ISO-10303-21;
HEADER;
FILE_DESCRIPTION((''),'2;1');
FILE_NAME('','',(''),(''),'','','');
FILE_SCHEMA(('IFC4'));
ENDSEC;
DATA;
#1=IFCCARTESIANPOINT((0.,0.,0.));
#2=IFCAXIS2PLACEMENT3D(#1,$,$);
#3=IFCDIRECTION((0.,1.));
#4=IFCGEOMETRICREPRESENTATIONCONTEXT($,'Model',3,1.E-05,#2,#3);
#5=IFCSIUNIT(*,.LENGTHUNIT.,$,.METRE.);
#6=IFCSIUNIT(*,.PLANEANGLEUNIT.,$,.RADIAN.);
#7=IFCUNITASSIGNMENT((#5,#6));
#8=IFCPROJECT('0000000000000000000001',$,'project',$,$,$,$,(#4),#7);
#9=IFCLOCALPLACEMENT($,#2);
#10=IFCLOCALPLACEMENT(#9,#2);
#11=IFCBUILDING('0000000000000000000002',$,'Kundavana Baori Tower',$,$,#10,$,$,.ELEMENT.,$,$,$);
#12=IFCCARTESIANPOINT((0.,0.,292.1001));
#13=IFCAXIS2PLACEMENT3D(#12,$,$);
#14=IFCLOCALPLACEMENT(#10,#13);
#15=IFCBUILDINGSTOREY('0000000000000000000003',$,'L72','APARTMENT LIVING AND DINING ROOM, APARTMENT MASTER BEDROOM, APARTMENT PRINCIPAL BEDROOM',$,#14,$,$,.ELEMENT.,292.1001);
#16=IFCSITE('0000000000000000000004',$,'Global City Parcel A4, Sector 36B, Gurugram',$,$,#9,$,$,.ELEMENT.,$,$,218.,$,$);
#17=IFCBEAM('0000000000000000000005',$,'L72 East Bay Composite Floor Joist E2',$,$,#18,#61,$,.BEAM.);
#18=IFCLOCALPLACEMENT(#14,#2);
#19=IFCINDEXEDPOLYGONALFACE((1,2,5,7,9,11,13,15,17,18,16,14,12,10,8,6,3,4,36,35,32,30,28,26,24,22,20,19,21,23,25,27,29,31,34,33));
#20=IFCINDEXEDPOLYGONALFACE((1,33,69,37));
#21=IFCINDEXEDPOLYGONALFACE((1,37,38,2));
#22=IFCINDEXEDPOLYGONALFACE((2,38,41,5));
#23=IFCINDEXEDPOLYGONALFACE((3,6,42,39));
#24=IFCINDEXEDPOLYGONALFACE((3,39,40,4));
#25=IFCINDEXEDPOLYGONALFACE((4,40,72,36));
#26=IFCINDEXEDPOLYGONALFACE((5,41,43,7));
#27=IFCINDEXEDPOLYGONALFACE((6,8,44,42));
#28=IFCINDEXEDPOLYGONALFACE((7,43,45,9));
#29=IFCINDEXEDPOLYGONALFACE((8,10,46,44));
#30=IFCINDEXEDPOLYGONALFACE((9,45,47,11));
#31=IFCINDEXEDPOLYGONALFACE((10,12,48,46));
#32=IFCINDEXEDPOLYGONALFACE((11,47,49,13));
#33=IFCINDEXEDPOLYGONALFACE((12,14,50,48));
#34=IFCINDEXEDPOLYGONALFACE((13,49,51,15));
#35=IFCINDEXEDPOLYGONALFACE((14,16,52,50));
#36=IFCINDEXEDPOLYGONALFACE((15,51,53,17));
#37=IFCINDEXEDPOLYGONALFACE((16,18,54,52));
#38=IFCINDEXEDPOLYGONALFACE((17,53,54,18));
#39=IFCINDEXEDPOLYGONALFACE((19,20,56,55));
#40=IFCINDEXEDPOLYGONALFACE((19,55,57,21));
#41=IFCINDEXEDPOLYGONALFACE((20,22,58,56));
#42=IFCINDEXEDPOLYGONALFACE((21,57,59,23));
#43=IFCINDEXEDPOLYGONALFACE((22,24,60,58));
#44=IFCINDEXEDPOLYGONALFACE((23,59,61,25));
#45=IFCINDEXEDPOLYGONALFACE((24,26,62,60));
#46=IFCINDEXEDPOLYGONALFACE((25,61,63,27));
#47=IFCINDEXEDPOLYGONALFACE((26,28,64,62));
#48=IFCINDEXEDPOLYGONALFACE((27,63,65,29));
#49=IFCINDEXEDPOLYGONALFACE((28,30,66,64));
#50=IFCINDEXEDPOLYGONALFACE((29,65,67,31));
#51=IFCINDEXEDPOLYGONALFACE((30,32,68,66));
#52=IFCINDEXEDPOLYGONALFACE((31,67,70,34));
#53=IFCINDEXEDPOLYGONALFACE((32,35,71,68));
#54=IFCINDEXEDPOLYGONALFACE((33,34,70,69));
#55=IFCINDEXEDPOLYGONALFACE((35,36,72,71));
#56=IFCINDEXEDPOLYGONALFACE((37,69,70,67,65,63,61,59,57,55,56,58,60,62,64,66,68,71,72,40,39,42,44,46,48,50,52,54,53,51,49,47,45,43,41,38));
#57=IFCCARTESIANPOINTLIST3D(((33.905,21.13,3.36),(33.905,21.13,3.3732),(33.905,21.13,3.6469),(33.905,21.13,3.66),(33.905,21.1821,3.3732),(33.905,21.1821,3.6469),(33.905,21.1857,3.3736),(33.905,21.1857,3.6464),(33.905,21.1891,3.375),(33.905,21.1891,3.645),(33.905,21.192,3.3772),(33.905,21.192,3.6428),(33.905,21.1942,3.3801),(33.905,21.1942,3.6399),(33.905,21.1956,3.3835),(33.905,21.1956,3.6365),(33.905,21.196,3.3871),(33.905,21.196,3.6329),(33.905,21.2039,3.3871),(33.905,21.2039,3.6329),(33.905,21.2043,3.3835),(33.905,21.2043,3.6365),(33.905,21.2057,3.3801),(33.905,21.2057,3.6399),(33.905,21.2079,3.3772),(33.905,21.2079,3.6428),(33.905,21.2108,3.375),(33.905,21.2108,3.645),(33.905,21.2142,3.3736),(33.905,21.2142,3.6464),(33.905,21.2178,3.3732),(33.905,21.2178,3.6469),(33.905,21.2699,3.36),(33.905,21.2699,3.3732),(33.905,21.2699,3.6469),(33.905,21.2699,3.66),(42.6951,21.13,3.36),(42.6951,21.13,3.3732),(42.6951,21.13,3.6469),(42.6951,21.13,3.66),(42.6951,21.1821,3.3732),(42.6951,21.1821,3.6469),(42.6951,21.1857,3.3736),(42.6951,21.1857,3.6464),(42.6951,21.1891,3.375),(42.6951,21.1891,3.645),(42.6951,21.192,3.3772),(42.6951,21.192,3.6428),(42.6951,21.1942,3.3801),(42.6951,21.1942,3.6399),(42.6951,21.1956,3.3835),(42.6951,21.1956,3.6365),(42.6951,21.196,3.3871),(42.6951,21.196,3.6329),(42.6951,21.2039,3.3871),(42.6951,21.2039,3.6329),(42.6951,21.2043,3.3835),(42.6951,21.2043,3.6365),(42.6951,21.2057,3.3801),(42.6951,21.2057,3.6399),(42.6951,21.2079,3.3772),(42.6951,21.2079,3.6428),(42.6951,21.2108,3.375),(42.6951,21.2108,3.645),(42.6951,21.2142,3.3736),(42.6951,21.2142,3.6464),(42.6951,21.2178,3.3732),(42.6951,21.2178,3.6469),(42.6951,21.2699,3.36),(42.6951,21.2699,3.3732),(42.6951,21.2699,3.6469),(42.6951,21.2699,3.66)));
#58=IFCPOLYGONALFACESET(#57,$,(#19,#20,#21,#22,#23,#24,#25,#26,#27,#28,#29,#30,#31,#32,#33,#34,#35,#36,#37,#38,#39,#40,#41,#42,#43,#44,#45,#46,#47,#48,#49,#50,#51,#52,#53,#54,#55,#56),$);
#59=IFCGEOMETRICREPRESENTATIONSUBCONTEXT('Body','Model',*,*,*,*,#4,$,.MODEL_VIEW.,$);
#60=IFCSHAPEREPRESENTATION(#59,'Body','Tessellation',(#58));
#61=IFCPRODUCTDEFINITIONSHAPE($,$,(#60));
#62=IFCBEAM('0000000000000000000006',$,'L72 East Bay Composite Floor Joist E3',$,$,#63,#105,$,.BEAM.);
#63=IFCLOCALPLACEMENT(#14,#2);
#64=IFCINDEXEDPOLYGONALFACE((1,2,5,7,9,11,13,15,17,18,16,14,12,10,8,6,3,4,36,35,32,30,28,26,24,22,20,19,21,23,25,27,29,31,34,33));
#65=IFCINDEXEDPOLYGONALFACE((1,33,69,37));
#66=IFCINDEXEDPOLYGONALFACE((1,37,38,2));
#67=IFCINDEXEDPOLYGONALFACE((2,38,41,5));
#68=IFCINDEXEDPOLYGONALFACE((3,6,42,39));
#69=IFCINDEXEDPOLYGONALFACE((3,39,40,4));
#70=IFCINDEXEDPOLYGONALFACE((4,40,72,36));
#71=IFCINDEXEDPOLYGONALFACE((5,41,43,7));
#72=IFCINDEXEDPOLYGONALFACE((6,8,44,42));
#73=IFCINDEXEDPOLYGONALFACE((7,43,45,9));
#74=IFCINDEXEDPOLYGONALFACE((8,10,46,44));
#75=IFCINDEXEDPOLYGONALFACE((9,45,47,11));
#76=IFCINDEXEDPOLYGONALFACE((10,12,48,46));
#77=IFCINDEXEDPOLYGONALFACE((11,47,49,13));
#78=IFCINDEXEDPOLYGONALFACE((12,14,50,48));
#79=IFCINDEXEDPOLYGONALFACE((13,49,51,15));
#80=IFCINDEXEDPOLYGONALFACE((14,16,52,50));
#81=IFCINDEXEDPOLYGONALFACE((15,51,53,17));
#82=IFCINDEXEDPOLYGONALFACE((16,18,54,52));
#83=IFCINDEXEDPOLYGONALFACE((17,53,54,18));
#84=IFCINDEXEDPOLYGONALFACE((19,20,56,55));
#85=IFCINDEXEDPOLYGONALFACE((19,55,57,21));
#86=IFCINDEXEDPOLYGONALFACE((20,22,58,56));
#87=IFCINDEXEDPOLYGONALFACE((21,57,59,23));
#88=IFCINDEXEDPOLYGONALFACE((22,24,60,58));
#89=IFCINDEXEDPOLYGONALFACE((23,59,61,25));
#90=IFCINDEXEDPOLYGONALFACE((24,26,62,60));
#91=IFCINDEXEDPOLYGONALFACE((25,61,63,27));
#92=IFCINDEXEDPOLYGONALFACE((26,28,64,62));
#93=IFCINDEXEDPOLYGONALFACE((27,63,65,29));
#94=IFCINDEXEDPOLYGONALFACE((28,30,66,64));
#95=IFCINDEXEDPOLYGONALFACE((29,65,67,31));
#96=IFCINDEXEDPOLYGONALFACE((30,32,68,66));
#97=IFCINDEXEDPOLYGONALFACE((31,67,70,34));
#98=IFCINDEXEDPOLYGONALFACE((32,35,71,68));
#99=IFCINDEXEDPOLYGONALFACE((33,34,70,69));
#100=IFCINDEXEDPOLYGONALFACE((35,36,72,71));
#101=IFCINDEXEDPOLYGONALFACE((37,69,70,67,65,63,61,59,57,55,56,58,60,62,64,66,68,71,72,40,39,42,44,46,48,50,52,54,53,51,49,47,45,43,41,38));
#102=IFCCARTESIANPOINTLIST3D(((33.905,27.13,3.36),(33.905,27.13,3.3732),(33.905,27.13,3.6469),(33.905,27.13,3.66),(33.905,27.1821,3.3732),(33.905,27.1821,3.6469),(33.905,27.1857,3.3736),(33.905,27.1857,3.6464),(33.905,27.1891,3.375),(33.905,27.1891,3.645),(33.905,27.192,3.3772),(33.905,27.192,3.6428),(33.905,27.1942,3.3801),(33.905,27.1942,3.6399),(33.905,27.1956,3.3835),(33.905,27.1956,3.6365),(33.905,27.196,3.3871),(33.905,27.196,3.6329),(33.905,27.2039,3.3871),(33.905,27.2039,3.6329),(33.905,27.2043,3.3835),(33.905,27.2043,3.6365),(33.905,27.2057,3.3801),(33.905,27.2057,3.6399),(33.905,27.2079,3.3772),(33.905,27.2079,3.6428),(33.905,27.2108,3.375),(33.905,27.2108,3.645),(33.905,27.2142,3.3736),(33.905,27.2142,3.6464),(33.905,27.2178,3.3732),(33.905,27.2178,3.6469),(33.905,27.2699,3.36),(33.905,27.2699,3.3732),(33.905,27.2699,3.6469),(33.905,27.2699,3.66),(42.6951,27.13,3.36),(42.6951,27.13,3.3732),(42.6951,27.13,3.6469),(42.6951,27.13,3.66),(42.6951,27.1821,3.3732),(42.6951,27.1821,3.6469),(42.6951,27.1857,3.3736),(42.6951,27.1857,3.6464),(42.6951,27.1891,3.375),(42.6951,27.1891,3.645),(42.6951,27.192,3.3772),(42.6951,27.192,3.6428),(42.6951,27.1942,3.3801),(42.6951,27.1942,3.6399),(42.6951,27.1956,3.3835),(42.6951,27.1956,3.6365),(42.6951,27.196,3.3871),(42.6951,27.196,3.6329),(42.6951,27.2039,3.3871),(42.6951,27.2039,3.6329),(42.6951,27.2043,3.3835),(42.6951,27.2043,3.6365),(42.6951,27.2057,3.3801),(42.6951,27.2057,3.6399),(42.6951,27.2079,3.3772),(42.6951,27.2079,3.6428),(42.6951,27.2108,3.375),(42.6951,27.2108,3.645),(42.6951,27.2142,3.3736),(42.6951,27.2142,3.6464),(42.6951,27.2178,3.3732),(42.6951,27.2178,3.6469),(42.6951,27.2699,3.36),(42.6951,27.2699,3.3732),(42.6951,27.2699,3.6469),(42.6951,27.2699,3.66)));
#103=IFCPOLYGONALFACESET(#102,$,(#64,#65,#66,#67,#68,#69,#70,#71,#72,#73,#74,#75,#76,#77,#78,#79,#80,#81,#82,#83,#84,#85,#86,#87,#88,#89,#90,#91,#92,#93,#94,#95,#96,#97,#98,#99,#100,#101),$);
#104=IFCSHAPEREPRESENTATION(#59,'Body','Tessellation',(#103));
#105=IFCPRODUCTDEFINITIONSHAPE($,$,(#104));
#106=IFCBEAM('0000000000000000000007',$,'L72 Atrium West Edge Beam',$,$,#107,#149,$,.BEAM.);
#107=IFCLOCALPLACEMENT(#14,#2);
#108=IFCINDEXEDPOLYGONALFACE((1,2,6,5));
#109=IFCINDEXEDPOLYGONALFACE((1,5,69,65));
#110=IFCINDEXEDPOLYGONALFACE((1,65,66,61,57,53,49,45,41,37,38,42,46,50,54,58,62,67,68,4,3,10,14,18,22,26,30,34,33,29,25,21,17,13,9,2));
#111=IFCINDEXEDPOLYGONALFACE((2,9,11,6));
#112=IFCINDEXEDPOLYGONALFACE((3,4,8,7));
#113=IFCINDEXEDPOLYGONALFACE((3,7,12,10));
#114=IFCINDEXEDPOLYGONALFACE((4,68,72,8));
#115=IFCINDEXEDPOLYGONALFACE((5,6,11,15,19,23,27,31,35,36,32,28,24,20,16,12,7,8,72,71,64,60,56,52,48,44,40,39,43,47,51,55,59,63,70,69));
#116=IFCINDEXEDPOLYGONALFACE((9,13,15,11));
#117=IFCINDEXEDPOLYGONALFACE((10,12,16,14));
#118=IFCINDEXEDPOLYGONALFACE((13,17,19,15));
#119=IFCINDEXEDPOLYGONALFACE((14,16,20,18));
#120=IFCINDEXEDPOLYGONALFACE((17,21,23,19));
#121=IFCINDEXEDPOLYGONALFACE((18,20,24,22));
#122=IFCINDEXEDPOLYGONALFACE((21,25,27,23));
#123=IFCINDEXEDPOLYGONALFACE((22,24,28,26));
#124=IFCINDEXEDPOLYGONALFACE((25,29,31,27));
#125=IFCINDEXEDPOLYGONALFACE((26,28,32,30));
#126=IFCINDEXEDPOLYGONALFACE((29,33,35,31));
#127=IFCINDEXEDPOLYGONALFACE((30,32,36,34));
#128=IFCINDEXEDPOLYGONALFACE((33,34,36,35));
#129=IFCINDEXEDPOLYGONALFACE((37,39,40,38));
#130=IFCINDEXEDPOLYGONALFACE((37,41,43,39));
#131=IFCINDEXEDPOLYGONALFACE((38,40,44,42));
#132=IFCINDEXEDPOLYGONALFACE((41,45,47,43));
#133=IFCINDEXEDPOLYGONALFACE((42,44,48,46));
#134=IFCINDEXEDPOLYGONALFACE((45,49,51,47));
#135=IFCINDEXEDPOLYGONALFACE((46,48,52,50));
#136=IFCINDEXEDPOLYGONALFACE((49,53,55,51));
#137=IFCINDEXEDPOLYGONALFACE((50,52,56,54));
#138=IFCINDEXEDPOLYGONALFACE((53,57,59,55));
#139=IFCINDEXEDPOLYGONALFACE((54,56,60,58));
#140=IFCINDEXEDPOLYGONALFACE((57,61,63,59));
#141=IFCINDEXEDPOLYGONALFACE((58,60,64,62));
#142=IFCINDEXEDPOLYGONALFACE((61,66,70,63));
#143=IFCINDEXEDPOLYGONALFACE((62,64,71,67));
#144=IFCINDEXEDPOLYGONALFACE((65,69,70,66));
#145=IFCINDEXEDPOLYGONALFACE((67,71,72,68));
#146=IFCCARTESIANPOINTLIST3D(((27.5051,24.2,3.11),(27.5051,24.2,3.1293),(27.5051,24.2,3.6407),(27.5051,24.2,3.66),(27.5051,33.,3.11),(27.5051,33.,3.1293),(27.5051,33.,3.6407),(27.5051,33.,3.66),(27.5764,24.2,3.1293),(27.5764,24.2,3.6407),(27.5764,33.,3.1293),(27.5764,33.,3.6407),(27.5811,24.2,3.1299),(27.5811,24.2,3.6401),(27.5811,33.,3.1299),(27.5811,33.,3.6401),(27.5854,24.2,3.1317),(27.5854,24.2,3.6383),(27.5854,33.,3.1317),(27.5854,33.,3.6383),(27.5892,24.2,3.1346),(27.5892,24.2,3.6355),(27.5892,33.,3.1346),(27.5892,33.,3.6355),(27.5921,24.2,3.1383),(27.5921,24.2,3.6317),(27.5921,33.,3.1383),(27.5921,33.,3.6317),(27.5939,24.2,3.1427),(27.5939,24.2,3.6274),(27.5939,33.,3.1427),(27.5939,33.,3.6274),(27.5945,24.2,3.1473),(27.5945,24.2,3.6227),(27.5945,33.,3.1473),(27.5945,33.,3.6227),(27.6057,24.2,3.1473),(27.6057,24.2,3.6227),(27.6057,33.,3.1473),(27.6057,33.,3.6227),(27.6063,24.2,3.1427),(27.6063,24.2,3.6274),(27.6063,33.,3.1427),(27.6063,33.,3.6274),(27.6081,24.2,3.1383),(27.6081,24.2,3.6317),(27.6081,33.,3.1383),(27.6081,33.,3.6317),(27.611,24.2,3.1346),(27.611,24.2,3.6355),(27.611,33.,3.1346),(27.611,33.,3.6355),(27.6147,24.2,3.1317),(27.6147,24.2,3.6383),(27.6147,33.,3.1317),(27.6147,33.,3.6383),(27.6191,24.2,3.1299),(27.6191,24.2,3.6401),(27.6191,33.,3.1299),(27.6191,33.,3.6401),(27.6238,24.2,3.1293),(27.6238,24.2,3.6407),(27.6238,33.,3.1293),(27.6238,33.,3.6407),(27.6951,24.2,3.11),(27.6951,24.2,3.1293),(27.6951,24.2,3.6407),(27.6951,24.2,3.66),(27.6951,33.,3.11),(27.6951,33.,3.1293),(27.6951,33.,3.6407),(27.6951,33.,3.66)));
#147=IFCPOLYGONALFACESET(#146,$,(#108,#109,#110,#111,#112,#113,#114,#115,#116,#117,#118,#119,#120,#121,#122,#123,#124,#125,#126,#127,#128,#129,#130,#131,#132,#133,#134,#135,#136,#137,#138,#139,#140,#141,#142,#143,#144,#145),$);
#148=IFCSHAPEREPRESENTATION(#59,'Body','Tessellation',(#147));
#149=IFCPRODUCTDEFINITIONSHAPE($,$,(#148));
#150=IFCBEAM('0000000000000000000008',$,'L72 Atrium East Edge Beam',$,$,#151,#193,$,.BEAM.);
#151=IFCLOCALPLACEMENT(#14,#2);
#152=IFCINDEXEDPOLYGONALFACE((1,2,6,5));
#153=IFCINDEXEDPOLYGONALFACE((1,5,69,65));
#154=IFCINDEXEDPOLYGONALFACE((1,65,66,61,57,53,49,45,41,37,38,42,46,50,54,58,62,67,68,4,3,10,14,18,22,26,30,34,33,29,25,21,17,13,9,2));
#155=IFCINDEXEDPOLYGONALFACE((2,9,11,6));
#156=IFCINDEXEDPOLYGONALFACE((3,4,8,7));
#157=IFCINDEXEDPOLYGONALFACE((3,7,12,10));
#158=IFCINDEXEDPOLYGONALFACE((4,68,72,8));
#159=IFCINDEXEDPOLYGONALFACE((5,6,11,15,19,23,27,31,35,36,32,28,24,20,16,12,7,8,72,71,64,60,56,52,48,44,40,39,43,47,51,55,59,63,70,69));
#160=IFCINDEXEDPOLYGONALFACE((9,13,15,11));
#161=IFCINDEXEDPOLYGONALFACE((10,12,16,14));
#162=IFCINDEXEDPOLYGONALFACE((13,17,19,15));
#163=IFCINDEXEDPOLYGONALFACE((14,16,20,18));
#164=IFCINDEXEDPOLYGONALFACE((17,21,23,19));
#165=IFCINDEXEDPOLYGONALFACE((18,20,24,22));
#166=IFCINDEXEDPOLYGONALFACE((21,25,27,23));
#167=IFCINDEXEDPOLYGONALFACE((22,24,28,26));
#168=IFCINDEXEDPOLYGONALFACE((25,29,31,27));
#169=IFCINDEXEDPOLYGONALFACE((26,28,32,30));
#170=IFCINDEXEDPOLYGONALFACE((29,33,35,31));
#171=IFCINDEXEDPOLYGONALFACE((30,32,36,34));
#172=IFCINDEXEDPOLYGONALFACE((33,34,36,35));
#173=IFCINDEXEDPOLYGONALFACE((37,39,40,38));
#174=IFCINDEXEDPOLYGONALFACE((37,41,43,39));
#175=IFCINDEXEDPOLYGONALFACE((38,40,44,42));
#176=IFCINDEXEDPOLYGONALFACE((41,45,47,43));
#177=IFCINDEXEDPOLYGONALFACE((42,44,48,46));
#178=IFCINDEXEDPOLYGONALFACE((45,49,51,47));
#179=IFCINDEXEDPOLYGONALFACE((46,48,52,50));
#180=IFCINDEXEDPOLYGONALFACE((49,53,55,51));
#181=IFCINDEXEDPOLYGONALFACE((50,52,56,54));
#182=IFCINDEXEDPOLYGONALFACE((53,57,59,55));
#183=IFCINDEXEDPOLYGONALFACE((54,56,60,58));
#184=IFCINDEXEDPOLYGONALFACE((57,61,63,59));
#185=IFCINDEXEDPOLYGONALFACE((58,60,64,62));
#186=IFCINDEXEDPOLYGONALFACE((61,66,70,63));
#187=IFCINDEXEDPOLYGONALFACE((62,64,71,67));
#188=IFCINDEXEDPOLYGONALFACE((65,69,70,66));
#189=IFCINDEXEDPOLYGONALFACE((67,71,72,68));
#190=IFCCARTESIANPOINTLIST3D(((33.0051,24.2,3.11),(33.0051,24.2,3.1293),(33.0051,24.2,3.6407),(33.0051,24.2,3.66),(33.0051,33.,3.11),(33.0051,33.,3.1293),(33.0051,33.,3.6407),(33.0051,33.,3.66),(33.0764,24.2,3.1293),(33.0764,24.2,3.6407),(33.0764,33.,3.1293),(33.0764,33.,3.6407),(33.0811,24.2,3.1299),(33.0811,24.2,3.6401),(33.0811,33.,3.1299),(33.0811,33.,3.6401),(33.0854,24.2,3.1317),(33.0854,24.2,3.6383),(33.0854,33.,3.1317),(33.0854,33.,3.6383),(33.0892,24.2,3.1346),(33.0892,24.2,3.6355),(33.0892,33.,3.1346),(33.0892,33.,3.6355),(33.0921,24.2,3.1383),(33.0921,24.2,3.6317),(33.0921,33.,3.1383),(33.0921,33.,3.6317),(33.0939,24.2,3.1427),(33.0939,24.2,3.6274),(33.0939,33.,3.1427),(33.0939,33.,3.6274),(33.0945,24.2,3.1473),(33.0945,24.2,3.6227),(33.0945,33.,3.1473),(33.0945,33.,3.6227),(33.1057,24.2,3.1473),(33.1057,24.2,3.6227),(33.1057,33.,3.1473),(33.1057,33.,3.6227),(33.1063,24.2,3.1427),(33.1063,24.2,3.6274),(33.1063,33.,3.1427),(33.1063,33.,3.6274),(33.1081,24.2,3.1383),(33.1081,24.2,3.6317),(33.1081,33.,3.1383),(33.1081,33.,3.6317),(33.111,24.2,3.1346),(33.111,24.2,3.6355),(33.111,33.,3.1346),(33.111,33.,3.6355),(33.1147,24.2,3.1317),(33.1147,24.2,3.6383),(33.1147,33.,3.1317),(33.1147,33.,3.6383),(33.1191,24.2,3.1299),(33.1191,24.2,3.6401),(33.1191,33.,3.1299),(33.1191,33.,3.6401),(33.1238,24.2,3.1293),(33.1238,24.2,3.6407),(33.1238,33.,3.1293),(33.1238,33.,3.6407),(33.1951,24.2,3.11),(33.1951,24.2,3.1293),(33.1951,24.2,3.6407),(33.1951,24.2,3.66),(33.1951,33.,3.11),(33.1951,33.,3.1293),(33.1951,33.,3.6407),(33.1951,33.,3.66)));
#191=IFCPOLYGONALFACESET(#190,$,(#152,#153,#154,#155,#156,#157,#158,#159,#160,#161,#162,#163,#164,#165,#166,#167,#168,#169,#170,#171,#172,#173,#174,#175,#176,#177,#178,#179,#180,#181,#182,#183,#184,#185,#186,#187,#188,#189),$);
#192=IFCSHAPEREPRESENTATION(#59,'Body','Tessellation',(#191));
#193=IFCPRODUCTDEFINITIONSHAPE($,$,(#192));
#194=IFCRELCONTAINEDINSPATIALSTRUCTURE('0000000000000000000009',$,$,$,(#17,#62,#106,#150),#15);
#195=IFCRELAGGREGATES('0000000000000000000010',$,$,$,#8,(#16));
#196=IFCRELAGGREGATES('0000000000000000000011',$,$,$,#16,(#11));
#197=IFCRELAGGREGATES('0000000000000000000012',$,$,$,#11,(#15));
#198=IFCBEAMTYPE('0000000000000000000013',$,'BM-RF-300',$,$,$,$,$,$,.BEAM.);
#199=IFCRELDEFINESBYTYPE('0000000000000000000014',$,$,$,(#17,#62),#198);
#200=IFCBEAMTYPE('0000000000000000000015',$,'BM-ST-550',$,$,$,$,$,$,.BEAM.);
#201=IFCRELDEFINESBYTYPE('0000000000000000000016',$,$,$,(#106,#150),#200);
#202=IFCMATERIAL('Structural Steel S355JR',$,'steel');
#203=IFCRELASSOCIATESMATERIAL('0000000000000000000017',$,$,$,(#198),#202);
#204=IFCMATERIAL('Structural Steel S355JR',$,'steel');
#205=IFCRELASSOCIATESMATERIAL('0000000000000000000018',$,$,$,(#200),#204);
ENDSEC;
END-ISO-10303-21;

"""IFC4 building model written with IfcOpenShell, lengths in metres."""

from ifc_helpers import new_model, si_unit, direction, frame, origin, origin_2d, place, context, subcontext, project, spatial, i_section, extrude, material, material_profile, profile_set, type_object, element, save


model = new_model("IFC4")

# Units and contexts
model_context = context("Model", 3, precision=1e-05, world=origin(), true_north=direction((0.0, 1.0)))
body_context = subcontext(model_context, "Body", "Model", "MODEL_VIEW")
ifc_project = project(units=[si_unit("LENGTHUNIT", "METRE"), si_unit("PLANEANGLEUNIT", "RADIAN")], contexts=[model_context])

# Site, building, storey
site_placement = place(None, origin())
site = spatial("IfcSite", under=ifc_project, at=site_placement, Name="Global City Parcel A4, Sector 36B, Gurugram", CompositionType="ELEMENT", RefElevation=218.0)
building_placement = place(site_placement, origin())
building = spatial("IfcBuilding", under=site, at=building_placement, Name="Kundavana Baori Tower", CompositionType="ELEMENT")
storey_placement = place(building_placement, frame((0.0, 0.0, 292.1001)))
storey = spatial("IfcBuildingStorey", under=building, at=storey_placement, Name="L72", Description="APARTMENT LIVING AND DINING ROOM, APARTMENT MASTER BEDROOM, APARTMENT PRINCIPAL BEDROOM", CompositionType="ELEMENT", Elevation=292.1001)

# Beams
ifc_material_1 = material(Name="Structural Steel S355JR", Category="steel")
ifc_material_profile_1 = material_profile(ifc_material_1, i_section(OverallWidth=0.1399, OverallDepth=0.3, WebThickness=0.0078, FlangeThickness=0.0132, FilletRadius=0.0139, at=origin_2d()), Name="ISMB 300")
ifc_profile_set_1 = profile_set([ifc_material_profile_1], Name="Structural Steel S355JR")
beam_type_1 = type_object("IfcBeamType", Name="BM-RF-300", PredefinedType="BEAM", material=ifc_profile_set_1)
for number, where, z_axis, x_axis, name in (
    (1, (33.905, 21.2, 3.51), (1.0, 0.0, 0.0), (0.0, 1.0, 0.0), "L72 East Bay Composite Floor Joist E2"),
    (2, (33.905, 27.2, 3.51), (1.0, 0.0, 0.0), (0.0, 1.0, 0.0), "L72 East Bay Composite Floor Joist E3"),
):
    element("IfcBeam", number, at=place(storey_placement, frame(where, z_axis=z_axis, x_axis=x_axis)), inside=storey, type_object=beam_type_1, Name=name, PredefinedType="BEAM", context=body_context, shape_type="SweptSolid", body=[
        extrude(i_section(OverallWidth=0.1399, OverallDepth=0.3, WebThickness=0.0078, FlangeThickness=0.0132, FilletRadius=0.0139, at=origin_2d()), origin(), (0.0, 0.0, 1.0), 8.79),
    ])
ifc_material_2 = material(Name="Structural Steel S355JR", Category="steel")
ifc_material_profile_2 = material_profile(ifc_material_2, i_section(OverallWidth=0.1899, OverallDepth=0.55, WebThickness=0.0112, FlangeThickness=0.0193, FilletRadius=0.0181, at=origin_2d()), Name="ISMB 550")
ifc_profile_set_2 = profile_set([ifc_material_profile_2], Name="Structural Steel S355JR")
beam_type_2 = type_object("IfcBeamType", Name="BM-ST-550", PredefinedType="BEAM", material=ifc_profile_set_2)
for number, where, z_axis, x_axis, name in (
    (3, (27.6001, 24.2, 3.385), (0.0, 1.0, 0.0), (-1.0, 0.0, 0.0), "L72 Atrium West Edge Beam"),
    (4, (33.1001, 24.2, 3.385), (0.0, 1.0, 0.0), (-1.0, 0.0, 0.0), "L72 Atrium East Edge Beam"),
):
    element("IfcBeam", number, at=place(storey_placement, frame(where, z_axis=z_axis, x_axis=x_axis)), inside=storey, type_object=beam_type_2, Name=name, PredefinedType="BEAM", context=body_context, shape_type="SweptSolid", body=[
        extrude(i_section(OverallWidth=0.1899, OverallDepth=0.55, WebThickness=0.0112, FlangeThickness=0.0193, FilletRadius=0.0181, at=origin_2d()), origin(), (0.0, 0.0, 1.0), 8.8),
    ])

save(model, "model.ifc")
